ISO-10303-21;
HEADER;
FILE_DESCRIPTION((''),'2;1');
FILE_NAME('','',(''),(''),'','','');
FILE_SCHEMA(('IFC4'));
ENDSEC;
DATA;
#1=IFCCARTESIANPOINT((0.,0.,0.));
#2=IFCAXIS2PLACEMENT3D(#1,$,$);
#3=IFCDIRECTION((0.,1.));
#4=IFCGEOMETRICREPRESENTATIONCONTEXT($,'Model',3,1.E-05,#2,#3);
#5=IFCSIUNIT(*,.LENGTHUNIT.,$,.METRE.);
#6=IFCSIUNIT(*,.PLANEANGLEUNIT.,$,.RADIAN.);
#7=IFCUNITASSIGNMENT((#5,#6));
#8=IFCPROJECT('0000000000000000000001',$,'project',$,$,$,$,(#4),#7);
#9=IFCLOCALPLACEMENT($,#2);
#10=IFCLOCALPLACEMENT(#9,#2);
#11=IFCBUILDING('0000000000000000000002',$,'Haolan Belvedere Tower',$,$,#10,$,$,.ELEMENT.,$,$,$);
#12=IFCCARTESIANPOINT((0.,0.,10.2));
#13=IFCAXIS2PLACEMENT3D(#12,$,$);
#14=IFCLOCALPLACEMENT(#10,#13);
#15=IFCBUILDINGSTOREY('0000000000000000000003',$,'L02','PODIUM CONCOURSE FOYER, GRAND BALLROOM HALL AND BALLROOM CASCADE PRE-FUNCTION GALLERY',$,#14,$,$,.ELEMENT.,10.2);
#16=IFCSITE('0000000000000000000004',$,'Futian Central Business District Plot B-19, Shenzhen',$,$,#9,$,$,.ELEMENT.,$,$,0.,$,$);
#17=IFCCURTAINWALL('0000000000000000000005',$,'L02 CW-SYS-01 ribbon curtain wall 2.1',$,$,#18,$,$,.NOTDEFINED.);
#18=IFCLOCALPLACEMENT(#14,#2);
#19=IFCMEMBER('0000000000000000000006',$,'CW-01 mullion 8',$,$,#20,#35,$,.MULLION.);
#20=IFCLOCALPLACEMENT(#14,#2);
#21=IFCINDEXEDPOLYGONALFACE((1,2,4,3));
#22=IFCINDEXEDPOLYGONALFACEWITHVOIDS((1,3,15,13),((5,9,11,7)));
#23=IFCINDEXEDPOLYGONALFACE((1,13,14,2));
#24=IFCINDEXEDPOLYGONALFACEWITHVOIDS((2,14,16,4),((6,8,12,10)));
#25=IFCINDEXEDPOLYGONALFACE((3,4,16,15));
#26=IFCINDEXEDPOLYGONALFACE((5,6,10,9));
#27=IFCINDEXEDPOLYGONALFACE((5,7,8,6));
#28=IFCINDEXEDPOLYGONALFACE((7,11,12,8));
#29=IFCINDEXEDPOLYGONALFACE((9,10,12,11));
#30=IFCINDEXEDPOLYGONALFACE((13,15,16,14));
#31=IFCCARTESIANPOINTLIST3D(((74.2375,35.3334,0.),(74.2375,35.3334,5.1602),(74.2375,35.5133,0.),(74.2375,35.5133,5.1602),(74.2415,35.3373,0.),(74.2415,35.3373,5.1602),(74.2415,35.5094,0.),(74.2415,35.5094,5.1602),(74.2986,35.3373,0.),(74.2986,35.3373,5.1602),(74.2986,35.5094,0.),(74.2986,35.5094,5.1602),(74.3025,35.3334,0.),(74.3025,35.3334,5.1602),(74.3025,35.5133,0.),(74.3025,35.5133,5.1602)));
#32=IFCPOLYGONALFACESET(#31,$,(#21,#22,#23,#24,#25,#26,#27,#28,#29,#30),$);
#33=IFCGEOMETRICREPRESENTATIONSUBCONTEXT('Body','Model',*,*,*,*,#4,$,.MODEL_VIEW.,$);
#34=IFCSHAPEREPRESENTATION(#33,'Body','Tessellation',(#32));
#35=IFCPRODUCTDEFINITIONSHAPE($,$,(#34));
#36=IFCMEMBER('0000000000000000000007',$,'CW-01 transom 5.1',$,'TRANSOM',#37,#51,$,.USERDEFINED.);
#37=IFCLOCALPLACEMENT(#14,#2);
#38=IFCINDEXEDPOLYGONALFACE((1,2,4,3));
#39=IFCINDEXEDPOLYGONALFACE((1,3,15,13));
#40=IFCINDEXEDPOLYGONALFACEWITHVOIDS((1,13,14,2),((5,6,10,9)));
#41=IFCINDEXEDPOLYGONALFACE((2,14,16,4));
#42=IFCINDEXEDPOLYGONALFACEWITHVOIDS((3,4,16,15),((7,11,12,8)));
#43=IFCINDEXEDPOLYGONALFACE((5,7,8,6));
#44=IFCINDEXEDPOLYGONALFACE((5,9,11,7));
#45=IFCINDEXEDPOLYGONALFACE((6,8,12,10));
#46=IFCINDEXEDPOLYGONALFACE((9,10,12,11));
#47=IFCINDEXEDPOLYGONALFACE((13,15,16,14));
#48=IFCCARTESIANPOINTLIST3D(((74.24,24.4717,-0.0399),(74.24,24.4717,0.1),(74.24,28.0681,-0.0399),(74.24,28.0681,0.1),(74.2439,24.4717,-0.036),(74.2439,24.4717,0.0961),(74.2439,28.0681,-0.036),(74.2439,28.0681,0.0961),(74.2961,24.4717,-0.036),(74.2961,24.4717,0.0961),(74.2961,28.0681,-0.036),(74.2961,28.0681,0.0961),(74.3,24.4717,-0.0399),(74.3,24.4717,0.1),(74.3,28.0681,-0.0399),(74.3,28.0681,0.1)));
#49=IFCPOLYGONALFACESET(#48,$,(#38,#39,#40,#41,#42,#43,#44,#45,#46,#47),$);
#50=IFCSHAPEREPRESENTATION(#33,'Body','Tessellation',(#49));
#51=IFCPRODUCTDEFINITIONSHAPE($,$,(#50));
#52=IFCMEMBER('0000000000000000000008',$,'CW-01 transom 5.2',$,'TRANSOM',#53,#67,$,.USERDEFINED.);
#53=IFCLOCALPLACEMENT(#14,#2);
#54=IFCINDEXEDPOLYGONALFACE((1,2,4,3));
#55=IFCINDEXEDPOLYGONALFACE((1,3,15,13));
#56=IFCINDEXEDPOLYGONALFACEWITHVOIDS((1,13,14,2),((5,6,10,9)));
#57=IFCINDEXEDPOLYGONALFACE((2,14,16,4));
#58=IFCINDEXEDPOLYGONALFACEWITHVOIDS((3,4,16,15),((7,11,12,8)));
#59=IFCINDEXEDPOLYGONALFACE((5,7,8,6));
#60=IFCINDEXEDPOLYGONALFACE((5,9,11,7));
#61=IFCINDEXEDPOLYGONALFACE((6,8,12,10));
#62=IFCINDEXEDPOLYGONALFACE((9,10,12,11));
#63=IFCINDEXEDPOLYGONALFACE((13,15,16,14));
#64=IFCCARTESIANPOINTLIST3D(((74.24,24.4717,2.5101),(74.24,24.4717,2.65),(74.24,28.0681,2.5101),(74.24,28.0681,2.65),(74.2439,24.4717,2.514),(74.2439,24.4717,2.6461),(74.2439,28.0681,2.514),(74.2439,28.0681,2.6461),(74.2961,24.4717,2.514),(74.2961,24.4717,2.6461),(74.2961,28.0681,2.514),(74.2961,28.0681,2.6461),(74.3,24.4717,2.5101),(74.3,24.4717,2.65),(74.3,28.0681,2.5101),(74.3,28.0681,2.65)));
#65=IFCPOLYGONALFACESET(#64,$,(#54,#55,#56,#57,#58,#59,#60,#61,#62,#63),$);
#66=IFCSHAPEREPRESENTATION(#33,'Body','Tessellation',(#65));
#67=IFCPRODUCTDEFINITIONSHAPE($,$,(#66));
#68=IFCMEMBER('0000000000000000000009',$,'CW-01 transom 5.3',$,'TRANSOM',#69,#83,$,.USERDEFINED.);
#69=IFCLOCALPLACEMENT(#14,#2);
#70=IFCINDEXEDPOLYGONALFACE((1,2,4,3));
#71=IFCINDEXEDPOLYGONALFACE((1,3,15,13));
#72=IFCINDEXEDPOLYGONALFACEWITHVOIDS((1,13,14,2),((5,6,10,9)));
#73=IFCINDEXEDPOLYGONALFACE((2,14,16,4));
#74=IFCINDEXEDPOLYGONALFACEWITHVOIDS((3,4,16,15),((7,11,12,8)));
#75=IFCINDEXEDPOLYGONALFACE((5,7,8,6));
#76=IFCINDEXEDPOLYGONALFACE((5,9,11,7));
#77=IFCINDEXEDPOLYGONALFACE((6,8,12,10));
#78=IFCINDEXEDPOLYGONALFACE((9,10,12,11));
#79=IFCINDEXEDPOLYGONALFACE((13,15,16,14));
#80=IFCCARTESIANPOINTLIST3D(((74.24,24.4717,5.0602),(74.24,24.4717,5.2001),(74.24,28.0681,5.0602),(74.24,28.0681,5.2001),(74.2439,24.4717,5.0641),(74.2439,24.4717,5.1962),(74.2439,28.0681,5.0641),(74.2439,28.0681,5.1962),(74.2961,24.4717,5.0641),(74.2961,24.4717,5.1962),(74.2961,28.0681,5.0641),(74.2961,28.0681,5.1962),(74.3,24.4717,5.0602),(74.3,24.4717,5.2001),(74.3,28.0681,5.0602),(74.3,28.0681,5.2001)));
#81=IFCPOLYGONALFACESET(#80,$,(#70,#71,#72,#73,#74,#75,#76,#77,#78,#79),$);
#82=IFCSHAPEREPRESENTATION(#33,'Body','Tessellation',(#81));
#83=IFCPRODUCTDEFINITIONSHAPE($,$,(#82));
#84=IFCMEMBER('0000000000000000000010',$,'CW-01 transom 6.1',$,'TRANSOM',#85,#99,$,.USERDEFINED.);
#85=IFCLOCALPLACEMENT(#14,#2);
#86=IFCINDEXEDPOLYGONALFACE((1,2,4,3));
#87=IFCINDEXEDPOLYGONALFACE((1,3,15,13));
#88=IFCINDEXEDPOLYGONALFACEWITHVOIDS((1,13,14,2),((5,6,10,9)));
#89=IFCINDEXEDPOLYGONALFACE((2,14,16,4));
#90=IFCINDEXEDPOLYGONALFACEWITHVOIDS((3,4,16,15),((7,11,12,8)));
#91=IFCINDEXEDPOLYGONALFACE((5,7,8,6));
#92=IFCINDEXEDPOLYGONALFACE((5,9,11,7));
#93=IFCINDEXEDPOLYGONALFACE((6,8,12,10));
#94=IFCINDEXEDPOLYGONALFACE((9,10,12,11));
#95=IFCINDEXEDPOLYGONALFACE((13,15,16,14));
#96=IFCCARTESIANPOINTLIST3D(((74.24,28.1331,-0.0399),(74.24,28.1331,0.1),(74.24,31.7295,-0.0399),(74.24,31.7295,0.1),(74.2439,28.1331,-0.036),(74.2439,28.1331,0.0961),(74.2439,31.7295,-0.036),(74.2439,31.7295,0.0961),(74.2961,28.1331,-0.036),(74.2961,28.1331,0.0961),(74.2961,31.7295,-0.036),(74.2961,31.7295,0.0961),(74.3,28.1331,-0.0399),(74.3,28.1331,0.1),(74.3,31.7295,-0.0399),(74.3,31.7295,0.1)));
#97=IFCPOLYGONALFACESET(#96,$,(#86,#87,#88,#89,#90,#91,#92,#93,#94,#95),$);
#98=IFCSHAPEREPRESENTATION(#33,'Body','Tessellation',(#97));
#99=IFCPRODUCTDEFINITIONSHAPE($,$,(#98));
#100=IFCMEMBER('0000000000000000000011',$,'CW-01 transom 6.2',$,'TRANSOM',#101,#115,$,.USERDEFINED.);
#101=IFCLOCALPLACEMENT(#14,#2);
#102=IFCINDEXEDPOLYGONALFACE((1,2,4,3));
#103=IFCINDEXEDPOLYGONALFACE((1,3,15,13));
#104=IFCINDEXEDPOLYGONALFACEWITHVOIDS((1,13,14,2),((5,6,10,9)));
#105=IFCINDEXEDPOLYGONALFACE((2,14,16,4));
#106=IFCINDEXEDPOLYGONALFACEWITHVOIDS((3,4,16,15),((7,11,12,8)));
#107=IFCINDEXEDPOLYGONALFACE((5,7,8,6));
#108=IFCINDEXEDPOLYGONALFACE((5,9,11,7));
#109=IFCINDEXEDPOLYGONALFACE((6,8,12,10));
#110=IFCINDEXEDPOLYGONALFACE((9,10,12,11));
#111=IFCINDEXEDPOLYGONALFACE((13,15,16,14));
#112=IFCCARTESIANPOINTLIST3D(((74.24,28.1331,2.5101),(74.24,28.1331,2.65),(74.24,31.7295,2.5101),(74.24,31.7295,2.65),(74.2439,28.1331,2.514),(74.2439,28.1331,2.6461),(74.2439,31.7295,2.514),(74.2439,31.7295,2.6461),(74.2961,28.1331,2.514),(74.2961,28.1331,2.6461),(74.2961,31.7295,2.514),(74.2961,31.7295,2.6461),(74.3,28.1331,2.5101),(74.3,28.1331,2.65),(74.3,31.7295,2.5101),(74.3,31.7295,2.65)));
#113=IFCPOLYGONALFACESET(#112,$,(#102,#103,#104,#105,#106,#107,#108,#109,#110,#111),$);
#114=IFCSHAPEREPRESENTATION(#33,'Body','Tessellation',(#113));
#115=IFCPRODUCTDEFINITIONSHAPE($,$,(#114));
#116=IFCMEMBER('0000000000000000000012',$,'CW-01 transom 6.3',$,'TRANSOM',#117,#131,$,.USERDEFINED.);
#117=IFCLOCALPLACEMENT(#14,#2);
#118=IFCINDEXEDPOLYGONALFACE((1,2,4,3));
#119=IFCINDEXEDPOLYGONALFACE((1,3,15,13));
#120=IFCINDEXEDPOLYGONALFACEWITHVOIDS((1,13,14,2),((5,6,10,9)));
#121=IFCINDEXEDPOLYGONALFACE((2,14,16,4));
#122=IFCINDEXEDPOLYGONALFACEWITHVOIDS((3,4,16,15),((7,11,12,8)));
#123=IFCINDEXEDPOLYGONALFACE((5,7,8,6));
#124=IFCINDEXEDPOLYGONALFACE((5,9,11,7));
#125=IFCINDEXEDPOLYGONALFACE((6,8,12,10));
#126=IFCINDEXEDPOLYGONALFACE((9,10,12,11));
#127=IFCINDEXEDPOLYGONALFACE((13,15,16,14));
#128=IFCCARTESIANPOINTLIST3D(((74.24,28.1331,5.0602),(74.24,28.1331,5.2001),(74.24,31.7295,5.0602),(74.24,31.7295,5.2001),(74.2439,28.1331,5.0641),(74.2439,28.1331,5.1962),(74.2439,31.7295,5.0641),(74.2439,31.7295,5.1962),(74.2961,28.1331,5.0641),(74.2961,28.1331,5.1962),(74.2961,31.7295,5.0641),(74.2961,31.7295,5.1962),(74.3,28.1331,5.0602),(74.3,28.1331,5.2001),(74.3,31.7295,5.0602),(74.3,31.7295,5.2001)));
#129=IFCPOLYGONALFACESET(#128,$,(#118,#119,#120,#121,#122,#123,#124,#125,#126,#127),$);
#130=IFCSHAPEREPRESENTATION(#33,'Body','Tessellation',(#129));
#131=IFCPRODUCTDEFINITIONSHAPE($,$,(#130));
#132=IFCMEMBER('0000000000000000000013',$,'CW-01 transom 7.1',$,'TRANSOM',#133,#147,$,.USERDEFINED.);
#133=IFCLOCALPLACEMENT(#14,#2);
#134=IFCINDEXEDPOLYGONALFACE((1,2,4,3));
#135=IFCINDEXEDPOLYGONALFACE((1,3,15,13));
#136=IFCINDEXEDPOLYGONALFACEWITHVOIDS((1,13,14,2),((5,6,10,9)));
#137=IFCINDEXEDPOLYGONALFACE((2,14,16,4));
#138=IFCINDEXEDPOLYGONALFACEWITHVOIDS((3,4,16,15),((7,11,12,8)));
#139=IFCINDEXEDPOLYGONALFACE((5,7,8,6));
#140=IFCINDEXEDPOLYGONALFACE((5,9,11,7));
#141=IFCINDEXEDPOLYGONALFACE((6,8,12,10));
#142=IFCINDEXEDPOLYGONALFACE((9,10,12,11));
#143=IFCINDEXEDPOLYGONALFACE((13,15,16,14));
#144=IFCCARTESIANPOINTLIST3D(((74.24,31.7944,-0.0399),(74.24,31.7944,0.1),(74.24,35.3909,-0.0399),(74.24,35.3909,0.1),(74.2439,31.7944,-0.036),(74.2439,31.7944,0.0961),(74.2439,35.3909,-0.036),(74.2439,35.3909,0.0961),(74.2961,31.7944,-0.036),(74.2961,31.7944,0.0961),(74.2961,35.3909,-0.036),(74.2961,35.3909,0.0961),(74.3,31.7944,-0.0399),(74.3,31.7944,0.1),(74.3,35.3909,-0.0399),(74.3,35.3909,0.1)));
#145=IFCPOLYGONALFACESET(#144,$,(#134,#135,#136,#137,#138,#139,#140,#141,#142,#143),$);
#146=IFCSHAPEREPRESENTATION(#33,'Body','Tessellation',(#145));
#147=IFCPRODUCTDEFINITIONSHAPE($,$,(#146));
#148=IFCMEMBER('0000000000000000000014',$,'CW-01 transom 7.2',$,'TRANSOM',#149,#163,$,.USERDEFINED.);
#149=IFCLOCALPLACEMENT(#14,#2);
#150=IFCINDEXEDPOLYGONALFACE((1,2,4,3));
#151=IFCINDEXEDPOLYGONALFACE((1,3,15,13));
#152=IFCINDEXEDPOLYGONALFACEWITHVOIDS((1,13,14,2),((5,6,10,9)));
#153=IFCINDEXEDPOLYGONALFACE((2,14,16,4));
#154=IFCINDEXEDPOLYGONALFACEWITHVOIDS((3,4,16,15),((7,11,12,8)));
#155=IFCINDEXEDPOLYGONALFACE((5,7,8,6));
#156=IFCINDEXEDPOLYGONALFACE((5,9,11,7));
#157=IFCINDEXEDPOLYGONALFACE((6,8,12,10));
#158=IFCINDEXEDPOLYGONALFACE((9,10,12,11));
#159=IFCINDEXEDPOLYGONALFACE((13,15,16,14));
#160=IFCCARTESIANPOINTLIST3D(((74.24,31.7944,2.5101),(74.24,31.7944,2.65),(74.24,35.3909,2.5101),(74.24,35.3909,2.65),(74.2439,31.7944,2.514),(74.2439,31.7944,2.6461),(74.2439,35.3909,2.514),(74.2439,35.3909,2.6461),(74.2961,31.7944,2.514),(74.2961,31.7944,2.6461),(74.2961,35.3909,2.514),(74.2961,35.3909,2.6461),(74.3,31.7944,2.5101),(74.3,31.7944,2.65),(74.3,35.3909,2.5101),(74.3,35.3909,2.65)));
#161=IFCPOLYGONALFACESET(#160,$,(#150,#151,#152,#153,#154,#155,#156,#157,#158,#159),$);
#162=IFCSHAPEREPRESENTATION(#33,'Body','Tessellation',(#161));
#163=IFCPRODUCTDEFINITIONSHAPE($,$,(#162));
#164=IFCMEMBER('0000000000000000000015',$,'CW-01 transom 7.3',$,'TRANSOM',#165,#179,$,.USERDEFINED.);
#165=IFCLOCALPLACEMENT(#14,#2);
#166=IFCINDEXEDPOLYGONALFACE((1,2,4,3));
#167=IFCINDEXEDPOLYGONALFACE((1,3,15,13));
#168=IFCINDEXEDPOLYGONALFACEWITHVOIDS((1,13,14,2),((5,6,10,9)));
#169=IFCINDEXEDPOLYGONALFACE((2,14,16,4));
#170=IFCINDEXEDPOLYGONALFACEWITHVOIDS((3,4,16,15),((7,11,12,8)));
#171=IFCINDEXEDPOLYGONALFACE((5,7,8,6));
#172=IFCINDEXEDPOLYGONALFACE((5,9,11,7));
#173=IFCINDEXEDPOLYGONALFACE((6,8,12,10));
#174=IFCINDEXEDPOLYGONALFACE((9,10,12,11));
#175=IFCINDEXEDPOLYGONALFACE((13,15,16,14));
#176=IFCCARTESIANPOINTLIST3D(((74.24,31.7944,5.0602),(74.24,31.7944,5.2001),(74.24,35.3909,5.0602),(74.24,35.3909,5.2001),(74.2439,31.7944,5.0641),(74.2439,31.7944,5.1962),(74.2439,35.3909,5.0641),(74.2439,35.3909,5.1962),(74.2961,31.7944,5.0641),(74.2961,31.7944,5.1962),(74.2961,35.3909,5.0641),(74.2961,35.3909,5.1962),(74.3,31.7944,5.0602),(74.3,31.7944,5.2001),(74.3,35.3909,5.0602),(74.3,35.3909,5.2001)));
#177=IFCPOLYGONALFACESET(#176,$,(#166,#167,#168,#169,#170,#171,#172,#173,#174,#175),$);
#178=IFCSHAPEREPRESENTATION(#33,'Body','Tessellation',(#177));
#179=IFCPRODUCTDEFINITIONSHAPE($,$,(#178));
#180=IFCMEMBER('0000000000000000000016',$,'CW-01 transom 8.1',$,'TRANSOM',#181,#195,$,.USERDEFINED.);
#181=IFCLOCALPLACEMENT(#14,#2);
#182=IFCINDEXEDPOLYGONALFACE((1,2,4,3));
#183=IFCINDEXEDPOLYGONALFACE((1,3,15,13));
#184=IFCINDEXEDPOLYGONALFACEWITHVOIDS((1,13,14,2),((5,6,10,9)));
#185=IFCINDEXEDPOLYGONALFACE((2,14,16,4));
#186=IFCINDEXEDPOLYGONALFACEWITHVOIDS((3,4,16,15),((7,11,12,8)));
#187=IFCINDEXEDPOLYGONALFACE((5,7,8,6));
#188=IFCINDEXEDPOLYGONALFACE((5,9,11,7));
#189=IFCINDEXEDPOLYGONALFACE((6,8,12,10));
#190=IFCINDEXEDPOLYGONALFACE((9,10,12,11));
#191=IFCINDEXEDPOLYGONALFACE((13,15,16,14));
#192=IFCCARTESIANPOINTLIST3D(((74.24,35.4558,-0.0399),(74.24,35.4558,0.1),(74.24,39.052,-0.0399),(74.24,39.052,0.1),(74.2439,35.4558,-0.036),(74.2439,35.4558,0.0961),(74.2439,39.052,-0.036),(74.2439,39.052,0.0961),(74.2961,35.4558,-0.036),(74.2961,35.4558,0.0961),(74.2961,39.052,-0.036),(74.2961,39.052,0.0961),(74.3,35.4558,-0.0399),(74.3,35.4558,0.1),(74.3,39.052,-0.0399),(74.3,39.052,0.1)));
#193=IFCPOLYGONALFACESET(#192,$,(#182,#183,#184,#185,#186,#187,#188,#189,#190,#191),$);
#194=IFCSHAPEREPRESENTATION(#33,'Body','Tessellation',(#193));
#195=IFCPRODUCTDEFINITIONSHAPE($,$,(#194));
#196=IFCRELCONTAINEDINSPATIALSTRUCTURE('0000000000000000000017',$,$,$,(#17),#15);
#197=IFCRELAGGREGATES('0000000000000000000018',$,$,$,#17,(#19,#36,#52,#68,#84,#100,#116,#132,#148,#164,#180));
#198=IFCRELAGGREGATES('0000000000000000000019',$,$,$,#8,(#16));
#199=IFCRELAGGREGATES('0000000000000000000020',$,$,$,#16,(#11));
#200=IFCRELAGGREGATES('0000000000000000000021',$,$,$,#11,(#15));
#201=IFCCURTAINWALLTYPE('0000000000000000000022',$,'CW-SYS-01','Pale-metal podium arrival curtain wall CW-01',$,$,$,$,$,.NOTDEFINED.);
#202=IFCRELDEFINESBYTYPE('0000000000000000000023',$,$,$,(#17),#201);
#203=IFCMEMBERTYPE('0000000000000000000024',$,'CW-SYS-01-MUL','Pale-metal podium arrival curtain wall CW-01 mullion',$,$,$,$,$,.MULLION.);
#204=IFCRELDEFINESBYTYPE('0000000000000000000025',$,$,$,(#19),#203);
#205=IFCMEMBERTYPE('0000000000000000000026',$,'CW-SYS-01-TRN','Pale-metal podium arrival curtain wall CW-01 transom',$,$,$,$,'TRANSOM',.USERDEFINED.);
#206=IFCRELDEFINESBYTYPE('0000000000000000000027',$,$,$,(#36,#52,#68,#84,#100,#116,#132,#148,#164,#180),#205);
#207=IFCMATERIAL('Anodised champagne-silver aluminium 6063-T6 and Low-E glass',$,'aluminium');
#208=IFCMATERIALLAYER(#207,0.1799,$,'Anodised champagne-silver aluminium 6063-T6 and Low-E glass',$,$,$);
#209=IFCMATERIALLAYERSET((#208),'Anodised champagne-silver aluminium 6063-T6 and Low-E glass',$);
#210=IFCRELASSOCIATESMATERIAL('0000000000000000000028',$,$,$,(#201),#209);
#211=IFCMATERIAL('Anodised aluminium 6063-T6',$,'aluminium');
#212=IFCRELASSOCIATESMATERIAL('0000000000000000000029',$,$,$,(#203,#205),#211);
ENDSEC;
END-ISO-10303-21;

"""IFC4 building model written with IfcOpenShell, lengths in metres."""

from ifc_helpers import new_model, si_unit, direction, frame, origin, origin_2d, place, context, subcontext, project, spatial, hollow_rectangle, extrude, material, layer, layer_set, material_profile, profile_set, type_object, element, aggregate, save


model = new_model("IFC4")

# Units and contexts
model_context = context("Model", 3, precision=1e-05, world=origin(), true_north=direction((0.0, 1.0)))
body_context = subcontext(model_context, "Body", "Model", "MODEL_VIEW")
ifc_project = project(units=[si_unit("LENGTHUNIT", "METRE"), si_unit("PLANEANGLEUNIT", "RADIAN")], contexts=[model_context])

# Site, building, storey
site_placement = place(None, origin())
site = spatial("IfcSite", under=ifc_project, at=site_placement, Name="Futian Central Business District Plot B-19, Shenzhen", CompositionType="ELEMENT", RefElevation=0.0)
building_placement = place(site_placement, origin())
building = spatial("IfcBuilding", under=site, at=building_placement, Name="Haolan Belvedere Tower", CompositionType="ELEMENT")
storey_placement = place(building_placement, frame((0.0, 0.0, 10.2)))
storey = spatial("IfcBuildingStorey", under=building, at=storey_placement, Name="L02", Description="PODIUM CONCOURSE FOYER, GRAND BALLROOM HALL AND BALLROOM CASCADE PRE-FUNCTION GALLERY", CompositionType="ELEMENT", Elevation=10.2)

# Curtain wall, members
ifc_material_1 = material(Name="Anodised champagne-silver aluminium 6063-T6 and Low-E glass", Category="aluminium")
ifc_layer_1 = layer(ifc_material_1, 0.1799, Name="Anodised champagne-silver aluminium 6063-T6 and Low-E glass")
ifc_layer_set_1 = layer_set([ifc_layer_1], Name="Anodised champagne-silver aluminium 6063-T6 and Low-E glass")
curtain_wall_type = type_object("IfcCurtainWallType", Name="CW-SYS-01", Description="Pale-metal podium arrival curtain wall CW-01", PredefinedType="NOTDEFINED", material=ifc_layer_set_1)
curtain_wall_placement = place(storey_placement, origin())
curtain_wall = element("IfcCurtainWall", 1, at=curtain_wall_placement, inside=storey, type_object=curtain_wall_type, Name="L02 CW-SYS-01 ribbon curtain wall 2.1", PredefinedType="NOTDEFINED")
ifc_material_2 = material(Name="Anodised aluminium 6063-T6", Category="aluminium")
ifc_material_profile_1 = material_profile(ifc_material_2, hollow_rectangle(XDim=0.0649, YDim=0.1799, WallThickness=0.0039, at=origin_2d()), Name="Anodised aluminium 6063-T6")
ifc_profile_set_1 = profile_set([ifc_material_profile_1], Name="Anodised aluminium 6063-T6")
member_type_1 = type_object("IfcMemberType", Name="CW-SYS-01-MUL", Description="Pale-metal podium arrival curtain wall CW-01 mullion", PredefinedType="MULLION", material=ifc_profile_set_1)
member_1_placement = place(storey_placement, frame((74.27, 35.4233, 0.0), z_axis=(0.0, 0.0, 1.0), x_axis=(-1.0, 0.0, 0.0)))
member_1 = element("IfcMember", 2, at=member_1_placement, type_object=member_type_1, Name="CW-01 mullion 8", PredefinedType="MULLION", context=body_context, shape_type="SweptSolid", body=[
    extrude(hollow_rectangle(XDim=0.0649, YDim=0.1799, WallThickness=0.0039, at=origin_2d()), origin(), (0.0, 0.0, 1.0), 5.1602),
])
ifc_material_profile_2 = material_profile(ifc_material_2, hollow_rectangle(XDim=0.0601, YDim=0.1399, WallThickness=0.0039, at=origin_2d()), Name="Anodised aluminium 6063-T6")
ifc_profile_set_2 = profile_set([ifc_material_profile_2], Name="Anodised aluminium 6063-T6")
member_type_2 = type_object("IfcMemberType", Name="CW-SYS-01-TRN", Description="Pale-metal podium arrival curtain wall CW-01 transom", ElementType="TRANSOM", PredefinedType="USERDEFINED", material=ifc_profile_set_2)
member_2_placement = place(storey_placement, frame((74.27, 24.4717, 0.03), z_axis=(0.0, 1.0, 0.0), x_axis=(-1.0, 0.0, 0.0)))
member_2 = element("IfcMember", 3, at=member_2_placement, type_object=member_type_2, Name="CW-01 transom 5.1", ObjectType="TRANSOM", PredefinedType="USERDEFINED", context=body_context, shape_type="SweptSolid", body=[
    extrude(hollow_rectangle(XDim=0.0601, YDim=0.1399, WallThickness=0.0039, at=origin_2d()), origin(), (0.0, 0.0, 1.0), 3.5964),
])
member_3_placement = place(storey_placement, frame((74.27, 24.4717, 2.5801), z_axis=(0.0, 1.0, 0.0), x_axis=(-1.0, 0.0, 0.0)))
member_3 = element("IfcMember", 4, at=member_3_placement, type_object=member_type_2, Name="CW-01 transom 5.2", ObjectType="TRANSOM", PredefinedType="USERDEFINED", context=body_context, shape_type="SweptSolid", body=[
    extrude(hollow_rectangle(XDim=0.0601, YDim=0.1399, WallThickness=0.0039, at=origin_2d()), origin(), (0.0, 0.0, 1.0), 3.5964),
])
member_4_placement = place(storey_placement, frame((74.27, 24.4717, 5.1301), z_axis=(0.0, 1.0, 0.0), x_axis=(-1.0, 0.0, 0.0)))
member_4 = element("IfcMember", 5, at=member_4_placement, type_object=member_type_2, Name="CW-01 transom 5.3", ObjectType="TRANSOM", PredefinedType="USERDEFINED", context=body_context, shape_type="SweptSolid", body=[
    extrude(hollow_rectangle(XDim=0.0601, YDim=0.1399, WallThickness=0.0039, at=origin_2d()), origin(), (0.0, 0.0, 1.0), 3.5964),
])
member_5_placement = place(storey_placement, frame((74.27, 28.1331, 0.03), z_axis=(0.0, 1.0, 0.0), x_axis=(-1.0, 0.0, 0.0)))
member_5 = element("IfcMember", 6, at=member_5_placement, type_object=member_type_2, Name="CW-01 transom 6.1", ObjectType="TRANSOM", PredefinedType="USERDEFINED", context=body_context, shape_type="SweptSolid", body=[
    extrude(hollow_rectangle(XDim=0.0601, YDim=0.1399, WallThickness=0.0039, at=origin_2d()), origin(), (0.0, 0.0, 1.0), 3.5964),
])
member_6_placement = place(storey_placement, frame((74.27, 28.1331, 2.5801), z_axis=(0.0, 1.0, 0.0), x_axis=(-1.0, 0.0, 0.0)))
member_6 = element("IfcMember", 7, at=member_6_placement, type_object=member_type_2, Name="CW-01 transom 6.2", ObjectType="TRANSOM", PredefinedType="USERDEFINED", context=body_context, shape_type="SweptSolid", body=[
    extrude(hollow_rectangle(XDim=0.0601, YDim=0.1399, WallThickness=0.0039, at=origin_2d()), origin(), (0.0, 0.0, 1.0), 3.5964),
])
member_7_placement = place(storey_placement, frame((74.27, 28.1331, 5.1301), z_axis=(0.0, 1.0, 0.0), x_axis=(-1.0, 0.0, 0.0)))
member_7 = element("IfcMember", 8, at=member_7_placement, type_object=member_type_2, Name="CW-01 transom 6.3", ObjectType="TRANSOM", PredefinedType="USERDEFINED", context=body_context, shape_type="SweptSolid", body=[
    extrude(hollow_rectangle(XDim=0.0601, YDim=0.1399, WallThickness=0.0039, at=origin_2d()), origin(), (0.0, 0.0, 1.0), 3.5964),
])
member_8_placement = place(storey_placement, frame((74.27, 31.7944, 0.03), z_axis=(0.0, 1.0, 0.0), x_axis=(-1.0, 0.0, 0.0)))
member_8 = element("IfcMember", 9, at=member_8_placement, type_object=member_type_2, Name="CW-01 transom 7.1", ObjectType="TRANSOM", PredefinedType="USERDEFINED", context=body_context, shape_type="SweptSolid", body=[
    extrude(hollow_rectangle(XDim=0.0601, YDim=0.1399, WallThickness=0.0039, at=origin_2d()), origin(), (0.0, 0.0, 1.0), 3.5964),
])
member_9_placement = place(storey_placement, frame((74.27, 31.7944, 2.5801), z_axis=(0.0, 1.0, 0.0), x_axis=(-1.0, 0.0, 0.0)))
member_9 = element("IfcMember", 10, at=member_9_placement, type_object=member_type_2, Name="CW-01 transom 7.2", ObjectType="TRANSOM", PredefinedType="USERDEFINED", context=body_context, shape_type="SweptSolid", body=[
    extrude(hollow_rectangle(XDim=0.0601, YDim=0.1399, WallThickness=0.0039, at=origin_2d()), origin(), (0.0, 0.0, 1.0), 3.5964),
])
member_10_placement = place(storey_placement, frame((74.27, 31.7944, 5.1301), z_axis=(0.0, 1.0, 0.0), x_axis=(-1.0, 0.0, 0.0)))
member_10 = element("IfcMember", 11, at=member_10_placement, type_object=member_type_2, Name="CW-01 transom 7.3", ObjectType="TRANSOM", PredefinedType="USERDEFINED", context=body_context, shape_type="SweptSolid", body=[
    extrude(hollow_rectangle(XDim=0.0601, YDim=0.1399, WallThickness=0.0039, at=origin_2d()), origin(), (0.0, 0.0, 1.0), 3.5964),
])
member_11_placement = place(storey_placement, frame((74.27, 35.4558, 0.03), z_axis=(0.0, 1.0, 0.0), x_axis=(-1.0, 0.0, 0.0)))
member_11 = element("IfcMember", 12, at=member_11_placement, type_object=member_type_2, Name="CW-01 transom 8.1", ObjectType="TRANSOM", PredefinedType="USERDEFINED", context=body_context, shape_type="SweptSolid", body=[
    extrude(hollow_rectangle(XDim=0.0601, YDim=0.1399, WallThickness=0.0039, at=origin_2d()), origin(), (0.0, 0.0, 1.0), 3.5962),
])
aggregate(curtain_wall, [member_1, member_2, member_3, member_4, member_5, member_6, member_7, member_8, member_9, member_10, member_11])

save(model, "model.ifc")
